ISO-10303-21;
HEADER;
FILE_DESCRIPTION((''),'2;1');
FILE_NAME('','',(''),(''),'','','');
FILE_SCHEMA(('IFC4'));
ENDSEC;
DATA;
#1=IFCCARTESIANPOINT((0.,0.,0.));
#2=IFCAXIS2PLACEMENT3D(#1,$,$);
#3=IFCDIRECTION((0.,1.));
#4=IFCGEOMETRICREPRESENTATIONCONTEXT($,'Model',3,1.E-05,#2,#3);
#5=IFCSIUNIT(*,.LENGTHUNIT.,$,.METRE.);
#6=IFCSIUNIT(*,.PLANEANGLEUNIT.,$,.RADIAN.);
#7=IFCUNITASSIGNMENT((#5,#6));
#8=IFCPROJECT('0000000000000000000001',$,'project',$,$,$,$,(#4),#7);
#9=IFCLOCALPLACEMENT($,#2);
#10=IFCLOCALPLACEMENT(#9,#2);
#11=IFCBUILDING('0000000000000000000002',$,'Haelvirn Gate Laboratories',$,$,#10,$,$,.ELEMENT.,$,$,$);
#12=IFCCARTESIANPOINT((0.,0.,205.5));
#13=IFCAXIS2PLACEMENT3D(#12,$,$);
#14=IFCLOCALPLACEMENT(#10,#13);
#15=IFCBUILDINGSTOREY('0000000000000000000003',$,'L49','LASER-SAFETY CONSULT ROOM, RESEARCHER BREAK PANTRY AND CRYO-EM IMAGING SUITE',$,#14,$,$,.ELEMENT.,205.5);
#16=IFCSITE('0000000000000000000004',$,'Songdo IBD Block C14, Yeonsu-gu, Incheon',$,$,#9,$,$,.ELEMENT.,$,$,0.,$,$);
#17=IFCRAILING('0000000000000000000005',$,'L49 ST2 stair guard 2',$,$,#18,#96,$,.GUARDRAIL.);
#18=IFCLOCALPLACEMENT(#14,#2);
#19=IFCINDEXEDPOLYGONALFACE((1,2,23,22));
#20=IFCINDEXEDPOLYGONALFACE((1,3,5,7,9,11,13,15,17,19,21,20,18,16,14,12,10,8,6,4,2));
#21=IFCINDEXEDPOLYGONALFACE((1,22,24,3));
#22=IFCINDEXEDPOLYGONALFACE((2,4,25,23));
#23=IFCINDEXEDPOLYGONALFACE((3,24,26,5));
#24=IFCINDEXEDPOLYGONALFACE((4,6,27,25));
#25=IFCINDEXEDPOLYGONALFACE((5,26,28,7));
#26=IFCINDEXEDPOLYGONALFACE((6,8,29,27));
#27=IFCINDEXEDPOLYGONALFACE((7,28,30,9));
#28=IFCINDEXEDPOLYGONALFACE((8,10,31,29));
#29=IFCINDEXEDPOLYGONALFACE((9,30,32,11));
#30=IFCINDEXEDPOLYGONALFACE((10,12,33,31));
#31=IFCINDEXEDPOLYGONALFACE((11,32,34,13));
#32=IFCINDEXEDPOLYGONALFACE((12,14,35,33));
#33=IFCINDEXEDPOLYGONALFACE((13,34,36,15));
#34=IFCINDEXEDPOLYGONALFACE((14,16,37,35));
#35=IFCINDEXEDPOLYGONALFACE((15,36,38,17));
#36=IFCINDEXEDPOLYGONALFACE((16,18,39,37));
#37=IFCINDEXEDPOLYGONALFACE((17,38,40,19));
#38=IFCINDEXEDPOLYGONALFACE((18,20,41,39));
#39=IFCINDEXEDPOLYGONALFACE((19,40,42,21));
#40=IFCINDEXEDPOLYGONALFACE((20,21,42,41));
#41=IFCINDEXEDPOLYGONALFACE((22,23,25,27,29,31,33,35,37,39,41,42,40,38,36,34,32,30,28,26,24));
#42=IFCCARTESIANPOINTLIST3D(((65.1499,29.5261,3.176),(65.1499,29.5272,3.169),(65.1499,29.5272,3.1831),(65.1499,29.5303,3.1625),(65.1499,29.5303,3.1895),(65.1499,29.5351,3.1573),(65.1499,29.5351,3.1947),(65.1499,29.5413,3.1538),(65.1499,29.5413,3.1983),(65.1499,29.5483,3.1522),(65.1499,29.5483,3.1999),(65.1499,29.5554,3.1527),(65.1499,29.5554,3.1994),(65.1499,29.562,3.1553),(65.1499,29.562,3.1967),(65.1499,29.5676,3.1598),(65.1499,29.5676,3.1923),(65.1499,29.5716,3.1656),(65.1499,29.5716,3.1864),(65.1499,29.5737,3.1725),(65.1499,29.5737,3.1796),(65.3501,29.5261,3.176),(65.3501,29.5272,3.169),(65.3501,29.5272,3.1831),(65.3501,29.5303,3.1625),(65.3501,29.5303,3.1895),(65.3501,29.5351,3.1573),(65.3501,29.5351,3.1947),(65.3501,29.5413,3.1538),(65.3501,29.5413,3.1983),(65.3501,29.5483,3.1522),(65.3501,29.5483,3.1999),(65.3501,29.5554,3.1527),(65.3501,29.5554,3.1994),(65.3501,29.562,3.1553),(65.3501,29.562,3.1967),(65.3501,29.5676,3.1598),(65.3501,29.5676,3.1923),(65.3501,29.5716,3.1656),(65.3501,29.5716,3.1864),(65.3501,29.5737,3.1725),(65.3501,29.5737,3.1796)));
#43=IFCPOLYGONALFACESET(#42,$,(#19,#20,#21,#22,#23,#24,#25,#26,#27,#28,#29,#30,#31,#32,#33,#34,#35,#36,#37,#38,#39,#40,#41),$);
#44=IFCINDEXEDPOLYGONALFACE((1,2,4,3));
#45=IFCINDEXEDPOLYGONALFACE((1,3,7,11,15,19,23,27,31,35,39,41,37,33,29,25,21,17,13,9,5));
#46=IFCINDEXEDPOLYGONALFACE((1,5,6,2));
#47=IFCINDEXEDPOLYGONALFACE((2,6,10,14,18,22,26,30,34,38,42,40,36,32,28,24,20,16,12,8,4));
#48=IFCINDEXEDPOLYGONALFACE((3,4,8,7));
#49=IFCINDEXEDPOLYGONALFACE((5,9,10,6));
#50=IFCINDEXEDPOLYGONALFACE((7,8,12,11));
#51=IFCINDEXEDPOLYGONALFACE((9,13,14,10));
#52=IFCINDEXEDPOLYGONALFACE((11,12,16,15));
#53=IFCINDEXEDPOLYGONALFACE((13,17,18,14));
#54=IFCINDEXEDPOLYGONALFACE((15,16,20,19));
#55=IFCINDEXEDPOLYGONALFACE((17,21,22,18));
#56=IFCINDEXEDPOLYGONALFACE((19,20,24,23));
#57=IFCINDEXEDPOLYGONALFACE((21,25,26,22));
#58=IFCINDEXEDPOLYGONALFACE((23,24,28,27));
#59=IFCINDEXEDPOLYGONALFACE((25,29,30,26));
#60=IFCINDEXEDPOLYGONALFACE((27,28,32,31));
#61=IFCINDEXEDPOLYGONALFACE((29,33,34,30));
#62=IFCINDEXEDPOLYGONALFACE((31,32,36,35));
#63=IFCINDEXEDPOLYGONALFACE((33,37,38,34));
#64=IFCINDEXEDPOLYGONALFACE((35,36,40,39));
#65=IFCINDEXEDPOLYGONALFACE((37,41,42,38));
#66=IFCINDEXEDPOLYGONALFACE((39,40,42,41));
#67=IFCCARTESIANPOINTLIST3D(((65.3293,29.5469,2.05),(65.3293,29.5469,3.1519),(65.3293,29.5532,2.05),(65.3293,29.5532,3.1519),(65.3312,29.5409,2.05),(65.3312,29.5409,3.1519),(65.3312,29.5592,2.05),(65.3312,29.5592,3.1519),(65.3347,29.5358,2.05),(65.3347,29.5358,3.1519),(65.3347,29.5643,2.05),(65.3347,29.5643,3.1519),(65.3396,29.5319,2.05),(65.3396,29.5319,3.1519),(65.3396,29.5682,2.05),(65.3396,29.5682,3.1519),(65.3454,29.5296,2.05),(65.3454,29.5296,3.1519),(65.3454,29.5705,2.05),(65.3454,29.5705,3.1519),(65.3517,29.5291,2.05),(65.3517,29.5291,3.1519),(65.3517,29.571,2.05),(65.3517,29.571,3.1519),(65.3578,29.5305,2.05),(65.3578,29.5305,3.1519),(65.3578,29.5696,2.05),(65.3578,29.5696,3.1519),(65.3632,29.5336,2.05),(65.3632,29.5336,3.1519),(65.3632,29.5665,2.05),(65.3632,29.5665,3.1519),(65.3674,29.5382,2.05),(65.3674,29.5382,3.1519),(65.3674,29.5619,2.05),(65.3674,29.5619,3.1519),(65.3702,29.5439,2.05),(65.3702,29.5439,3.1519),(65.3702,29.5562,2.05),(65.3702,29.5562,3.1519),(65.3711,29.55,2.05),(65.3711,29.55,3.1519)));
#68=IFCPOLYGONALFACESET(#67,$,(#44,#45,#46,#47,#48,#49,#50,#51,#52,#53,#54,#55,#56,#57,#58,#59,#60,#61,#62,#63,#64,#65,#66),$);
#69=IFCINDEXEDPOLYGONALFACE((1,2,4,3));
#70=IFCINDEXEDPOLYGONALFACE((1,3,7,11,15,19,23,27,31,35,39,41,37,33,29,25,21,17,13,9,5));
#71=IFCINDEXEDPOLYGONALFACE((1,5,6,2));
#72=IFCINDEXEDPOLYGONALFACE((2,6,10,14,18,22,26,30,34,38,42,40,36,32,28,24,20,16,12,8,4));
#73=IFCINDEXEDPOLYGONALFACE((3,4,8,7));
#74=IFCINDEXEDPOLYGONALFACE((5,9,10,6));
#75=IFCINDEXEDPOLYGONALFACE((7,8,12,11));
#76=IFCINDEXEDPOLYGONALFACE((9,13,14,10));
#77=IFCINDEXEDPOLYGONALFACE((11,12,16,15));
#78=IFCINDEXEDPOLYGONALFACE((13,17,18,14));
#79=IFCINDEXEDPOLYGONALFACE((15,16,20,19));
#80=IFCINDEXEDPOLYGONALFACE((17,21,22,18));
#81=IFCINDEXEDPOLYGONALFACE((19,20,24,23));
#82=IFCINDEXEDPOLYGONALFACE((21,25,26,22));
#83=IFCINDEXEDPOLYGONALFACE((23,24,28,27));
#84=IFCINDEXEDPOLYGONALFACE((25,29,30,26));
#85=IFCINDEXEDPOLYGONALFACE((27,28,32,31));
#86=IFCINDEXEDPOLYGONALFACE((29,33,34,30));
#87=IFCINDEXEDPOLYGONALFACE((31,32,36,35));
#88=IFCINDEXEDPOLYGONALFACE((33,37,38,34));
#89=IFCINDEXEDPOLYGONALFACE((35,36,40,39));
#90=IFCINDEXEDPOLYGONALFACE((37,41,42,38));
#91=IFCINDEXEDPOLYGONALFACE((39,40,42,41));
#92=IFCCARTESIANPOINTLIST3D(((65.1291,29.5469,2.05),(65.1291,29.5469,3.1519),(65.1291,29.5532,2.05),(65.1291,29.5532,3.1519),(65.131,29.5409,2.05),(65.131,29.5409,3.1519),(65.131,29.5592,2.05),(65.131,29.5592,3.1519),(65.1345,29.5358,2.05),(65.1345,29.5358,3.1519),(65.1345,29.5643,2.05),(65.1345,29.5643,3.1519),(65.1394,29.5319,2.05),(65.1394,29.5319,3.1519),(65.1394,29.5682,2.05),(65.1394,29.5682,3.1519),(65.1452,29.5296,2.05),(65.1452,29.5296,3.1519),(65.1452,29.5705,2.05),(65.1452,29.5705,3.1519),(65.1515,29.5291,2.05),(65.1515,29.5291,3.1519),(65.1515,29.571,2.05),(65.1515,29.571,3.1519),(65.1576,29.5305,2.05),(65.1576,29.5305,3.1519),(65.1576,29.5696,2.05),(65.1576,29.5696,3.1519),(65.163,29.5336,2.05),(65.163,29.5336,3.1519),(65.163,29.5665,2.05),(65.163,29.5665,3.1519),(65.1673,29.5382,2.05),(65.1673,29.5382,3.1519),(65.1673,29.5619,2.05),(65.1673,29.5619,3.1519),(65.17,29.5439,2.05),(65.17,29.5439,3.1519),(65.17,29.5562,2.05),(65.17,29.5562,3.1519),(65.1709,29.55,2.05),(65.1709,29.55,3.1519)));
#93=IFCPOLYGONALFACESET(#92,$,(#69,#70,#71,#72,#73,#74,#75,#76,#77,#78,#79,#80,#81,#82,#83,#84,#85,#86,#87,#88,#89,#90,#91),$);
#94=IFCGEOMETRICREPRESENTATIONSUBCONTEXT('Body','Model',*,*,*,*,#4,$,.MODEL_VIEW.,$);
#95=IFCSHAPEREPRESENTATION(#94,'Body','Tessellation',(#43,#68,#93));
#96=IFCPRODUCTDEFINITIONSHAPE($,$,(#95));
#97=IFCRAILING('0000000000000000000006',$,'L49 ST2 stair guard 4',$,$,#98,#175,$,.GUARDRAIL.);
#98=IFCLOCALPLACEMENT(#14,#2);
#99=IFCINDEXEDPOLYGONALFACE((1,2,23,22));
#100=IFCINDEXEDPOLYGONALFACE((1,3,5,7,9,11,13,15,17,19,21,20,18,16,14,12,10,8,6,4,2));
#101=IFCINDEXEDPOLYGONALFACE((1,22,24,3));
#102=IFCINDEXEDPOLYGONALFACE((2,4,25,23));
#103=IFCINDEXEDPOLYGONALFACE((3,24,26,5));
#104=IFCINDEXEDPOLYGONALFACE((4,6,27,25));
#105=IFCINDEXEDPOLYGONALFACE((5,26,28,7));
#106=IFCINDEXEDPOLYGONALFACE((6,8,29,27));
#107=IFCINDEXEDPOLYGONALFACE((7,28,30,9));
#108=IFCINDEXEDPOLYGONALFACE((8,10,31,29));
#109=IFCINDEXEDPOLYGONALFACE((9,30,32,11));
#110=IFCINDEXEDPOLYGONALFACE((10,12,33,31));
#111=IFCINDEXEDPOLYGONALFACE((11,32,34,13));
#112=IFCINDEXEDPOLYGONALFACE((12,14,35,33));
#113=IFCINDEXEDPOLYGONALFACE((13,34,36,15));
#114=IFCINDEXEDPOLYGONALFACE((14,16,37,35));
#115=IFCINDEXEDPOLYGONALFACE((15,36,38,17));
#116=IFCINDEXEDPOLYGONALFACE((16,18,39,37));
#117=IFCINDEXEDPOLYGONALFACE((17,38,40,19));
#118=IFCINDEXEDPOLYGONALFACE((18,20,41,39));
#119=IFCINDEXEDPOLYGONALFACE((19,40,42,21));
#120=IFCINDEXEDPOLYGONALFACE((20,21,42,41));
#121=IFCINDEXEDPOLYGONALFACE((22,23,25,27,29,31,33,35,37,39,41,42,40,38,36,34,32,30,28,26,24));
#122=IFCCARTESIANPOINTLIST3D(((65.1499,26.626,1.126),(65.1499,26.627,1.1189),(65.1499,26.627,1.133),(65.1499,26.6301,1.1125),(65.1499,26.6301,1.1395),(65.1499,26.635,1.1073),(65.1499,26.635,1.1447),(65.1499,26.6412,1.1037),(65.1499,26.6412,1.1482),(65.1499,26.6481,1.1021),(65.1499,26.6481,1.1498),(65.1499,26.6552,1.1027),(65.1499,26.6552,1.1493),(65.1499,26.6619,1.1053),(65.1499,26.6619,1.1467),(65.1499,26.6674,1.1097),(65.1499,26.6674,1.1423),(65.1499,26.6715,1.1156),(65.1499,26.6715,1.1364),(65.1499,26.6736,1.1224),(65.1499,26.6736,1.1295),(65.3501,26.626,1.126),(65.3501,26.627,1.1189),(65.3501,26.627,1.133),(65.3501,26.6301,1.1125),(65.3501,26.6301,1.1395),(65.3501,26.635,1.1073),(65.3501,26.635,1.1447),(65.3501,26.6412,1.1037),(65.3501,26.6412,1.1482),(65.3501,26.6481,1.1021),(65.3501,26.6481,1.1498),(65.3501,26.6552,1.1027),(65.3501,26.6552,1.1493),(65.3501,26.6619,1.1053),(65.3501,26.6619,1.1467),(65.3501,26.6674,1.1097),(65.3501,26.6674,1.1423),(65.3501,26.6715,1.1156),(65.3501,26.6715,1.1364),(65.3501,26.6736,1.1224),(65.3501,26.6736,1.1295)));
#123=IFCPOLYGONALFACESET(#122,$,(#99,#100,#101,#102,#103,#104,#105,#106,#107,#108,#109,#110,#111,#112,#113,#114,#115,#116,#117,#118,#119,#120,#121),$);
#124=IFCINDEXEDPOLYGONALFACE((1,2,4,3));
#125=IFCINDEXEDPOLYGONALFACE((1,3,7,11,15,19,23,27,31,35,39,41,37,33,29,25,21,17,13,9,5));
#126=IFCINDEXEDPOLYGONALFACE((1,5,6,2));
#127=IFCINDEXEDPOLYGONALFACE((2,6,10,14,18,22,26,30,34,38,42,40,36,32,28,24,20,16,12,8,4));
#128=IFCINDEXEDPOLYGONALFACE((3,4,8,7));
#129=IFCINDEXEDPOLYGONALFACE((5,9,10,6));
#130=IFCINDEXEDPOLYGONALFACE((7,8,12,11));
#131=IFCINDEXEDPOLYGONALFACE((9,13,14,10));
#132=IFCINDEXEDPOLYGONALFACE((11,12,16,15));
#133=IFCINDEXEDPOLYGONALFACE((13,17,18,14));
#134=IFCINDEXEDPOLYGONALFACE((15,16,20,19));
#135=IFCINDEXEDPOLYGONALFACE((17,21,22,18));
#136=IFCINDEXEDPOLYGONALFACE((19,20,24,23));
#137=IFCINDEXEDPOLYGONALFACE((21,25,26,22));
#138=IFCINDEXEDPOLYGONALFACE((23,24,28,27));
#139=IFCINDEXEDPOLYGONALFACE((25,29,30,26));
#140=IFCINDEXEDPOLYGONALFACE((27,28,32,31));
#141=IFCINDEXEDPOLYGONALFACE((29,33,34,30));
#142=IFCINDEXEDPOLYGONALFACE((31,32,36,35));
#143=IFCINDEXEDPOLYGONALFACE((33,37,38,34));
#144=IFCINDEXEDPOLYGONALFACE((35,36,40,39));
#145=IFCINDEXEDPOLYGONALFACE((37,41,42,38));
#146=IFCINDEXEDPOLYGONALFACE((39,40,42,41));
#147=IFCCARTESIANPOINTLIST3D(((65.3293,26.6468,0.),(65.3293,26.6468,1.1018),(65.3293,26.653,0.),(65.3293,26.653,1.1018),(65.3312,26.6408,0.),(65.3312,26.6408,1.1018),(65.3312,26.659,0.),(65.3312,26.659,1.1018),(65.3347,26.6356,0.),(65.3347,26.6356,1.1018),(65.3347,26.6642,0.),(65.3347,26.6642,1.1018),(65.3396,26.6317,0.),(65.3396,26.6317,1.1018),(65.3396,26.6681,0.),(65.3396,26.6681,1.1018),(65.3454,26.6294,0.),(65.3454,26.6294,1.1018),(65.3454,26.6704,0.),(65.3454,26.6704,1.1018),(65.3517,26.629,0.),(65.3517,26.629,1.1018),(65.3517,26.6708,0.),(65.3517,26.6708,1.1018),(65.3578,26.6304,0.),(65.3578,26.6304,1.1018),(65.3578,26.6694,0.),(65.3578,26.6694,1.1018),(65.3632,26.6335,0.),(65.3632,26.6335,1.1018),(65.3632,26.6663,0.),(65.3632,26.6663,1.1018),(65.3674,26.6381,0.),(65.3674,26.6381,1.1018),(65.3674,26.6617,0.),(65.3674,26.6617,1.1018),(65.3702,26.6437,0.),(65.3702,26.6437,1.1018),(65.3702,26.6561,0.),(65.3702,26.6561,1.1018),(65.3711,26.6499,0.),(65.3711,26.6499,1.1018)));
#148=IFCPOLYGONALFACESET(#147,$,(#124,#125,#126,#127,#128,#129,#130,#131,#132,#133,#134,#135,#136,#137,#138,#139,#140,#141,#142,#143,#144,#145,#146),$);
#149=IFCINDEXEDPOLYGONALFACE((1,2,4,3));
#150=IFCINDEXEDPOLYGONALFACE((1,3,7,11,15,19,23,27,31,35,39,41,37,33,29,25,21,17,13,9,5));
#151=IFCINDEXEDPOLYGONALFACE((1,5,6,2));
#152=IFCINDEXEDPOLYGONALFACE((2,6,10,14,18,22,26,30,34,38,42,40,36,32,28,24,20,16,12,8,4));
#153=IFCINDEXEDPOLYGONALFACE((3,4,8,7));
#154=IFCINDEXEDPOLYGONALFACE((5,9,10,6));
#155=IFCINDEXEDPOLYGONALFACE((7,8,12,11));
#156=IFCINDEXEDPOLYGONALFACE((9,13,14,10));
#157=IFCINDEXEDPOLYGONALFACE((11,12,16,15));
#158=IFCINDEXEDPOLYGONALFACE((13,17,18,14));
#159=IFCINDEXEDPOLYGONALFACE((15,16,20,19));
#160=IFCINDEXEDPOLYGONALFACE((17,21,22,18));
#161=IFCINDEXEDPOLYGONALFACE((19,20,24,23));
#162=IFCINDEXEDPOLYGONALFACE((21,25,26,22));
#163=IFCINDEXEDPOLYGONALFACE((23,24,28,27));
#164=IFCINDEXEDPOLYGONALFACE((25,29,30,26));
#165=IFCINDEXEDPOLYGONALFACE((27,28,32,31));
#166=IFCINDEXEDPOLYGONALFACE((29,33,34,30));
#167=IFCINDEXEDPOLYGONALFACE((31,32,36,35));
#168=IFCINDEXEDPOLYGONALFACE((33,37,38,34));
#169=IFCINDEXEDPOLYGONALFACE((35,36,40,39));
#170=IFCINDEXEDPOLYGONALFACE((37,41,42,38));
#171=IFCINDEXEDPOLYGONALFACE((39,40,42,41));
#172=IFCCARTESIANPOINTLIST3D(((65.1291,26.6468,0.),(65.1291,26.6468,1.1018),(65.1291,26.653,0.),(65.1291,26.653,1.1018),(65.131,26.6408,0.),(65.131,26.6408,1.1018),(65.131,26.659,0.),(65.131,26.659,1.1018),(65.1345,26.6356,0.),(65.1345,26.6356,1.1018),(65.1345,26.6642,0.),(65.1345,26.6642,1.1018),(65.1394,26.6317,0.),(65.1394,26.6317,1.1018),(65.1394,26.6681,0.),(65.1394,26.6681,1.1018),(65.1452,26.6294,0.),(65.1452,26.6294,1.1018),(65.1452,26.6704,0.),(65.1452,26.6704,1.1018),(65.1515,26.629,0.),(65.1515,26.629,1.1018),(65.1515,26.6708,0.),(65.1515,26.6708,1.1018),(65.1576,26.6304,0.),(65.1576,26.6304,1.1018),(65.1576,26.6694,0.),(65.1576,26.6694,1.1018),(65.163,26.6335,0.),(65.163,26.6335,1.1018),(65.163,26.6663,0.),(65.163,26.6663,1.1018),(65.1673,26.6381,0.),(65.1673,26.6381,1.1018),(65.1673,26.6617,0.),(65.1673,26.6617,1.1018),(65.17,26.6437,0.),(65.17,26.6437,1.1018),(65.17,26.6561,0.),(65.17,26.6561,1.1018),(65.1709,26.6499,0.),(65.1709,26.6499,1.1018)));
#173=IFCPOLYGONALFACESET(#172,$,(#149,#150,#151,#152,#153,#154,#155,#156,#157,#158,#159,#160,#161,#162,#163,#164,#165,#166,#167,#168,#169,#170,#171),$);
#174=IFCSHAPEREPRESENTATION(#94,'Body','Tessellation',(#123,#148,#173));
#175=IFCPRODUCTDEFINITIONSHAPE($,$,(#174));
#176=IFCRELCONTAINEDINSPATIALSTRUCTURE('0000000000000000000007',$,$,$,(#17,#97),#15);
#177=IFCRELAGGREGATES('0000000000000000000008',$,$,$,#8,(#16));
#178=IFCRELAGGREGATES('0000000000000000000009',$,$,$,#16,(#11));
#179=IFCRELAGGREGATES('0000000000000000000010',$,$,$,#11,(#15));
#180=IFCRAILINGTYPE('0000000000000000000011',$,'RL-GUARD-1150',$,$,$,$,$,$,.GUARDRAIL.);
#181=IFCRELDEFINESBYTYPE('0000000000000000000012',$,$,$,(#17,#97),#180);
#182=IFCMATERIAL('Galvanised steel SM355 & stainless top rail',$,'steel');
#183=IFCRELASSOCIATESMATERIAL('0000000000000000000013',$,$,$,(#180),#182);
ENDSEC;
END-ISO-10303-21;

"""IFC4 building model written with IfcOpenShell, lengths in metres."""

from ifc_helpers import new_model, si_unit, direction, frame, origin, origin_2d, place, context, subcontext, project, spatial, circle, extrude, source, transform, mapped, material, type_object, element, save


model = new_model("IFC4")

# Units and contexts
model_context = context("Model", 3, precision=1e-05, world=origin(), true_north=direction((0.0, 1.0)))
body_context = subcontext(model_context, "Body", "Model", "MODEL_VIEW")
ifc_project = project(units=[si_unit("LENGTHUNIT", "METRE"), si_unit("PLANEANGLEUNIT", "RADIAN")], contexts=[model_context])

# Site, building, storey
site_placement = place(None, origin())
site = spatial("IfcSite", under=ifc_project, at=site_placement, Name="Songdo IBD Block C14, Yeonsu-gu, Incheon", CompositionType="ELEMENT", RefElevation=0.0)
building_placement = place(site_placement, origin())
building = spatial("IfcBuilding", under=site, at=building_placement, Name="Haelvirn Gate Laboratories", CompositionType="ELEMENT")
storey_placement = place(building_placement, frame((0.0, 0.0, 205.5)))
storey = spatial("IfcBuildingStorey", under=building, at=storey_placement, Name="L49", Description="LASER-SAFETY CONSULT ROOM, RESEARCHER BREAK PANTRY AND CRYO-EM IMAGING SUITE", CompositionType="ELEMENT", Elevation=205.5)

# Railings
ifc_material_1 = material(Name="Galvanised steel SM355 & stainless top rail", Category="steel")
railing_type_1 = type_object("IfcRailingType", Name="RL-GUARD-1150", PredefinedType="GUARDRAIL", material=ifc_material_1)
shared_shape_1 = source(origin(), body_context, "Body", "SweptSolid", [
    extrude(circle(Radius=0.0239, at=origin_2d()), frame((0.0, 0.0, 1.126), z_axis=(-1.0, 0.0, 0.0), x_axis=(0.0, -1.0, 0.0)), (0.0, 0.0, 1.0), 0.2002),
    extrude(circle(Radius=0.021, at=origin_2d()), origin(), (0.0, 0.0, 1.0), 1.1018),
    extrude(circle(Radius=0.021, at=origin_2d()), frame((-0.2002, 0.0, 0.0)), (0.0, 0.0, 1.0), 1.1018),
])
for number, where, name in (
    (1, (65.3501, 29.55, 2.05), "L49 ST2 stair guard 2"),
    (2, (65.3501, 26.6499, 0.0), "L49 ST2 stair guard 4"),
):
    element("IfcRailing", number, at=place(storey_placement, frame(where)), inside=storey, type_object=railing_type_1, Name=name, PredefinedType="GUARDRAIL", context=body_context, shape_type="MappedRepresentation", body=[
        mapped(shared_shape_1, transform((0.0, 0.0, 0.0), scale=1.0)),
    ])

save(model, "model.ifc")
